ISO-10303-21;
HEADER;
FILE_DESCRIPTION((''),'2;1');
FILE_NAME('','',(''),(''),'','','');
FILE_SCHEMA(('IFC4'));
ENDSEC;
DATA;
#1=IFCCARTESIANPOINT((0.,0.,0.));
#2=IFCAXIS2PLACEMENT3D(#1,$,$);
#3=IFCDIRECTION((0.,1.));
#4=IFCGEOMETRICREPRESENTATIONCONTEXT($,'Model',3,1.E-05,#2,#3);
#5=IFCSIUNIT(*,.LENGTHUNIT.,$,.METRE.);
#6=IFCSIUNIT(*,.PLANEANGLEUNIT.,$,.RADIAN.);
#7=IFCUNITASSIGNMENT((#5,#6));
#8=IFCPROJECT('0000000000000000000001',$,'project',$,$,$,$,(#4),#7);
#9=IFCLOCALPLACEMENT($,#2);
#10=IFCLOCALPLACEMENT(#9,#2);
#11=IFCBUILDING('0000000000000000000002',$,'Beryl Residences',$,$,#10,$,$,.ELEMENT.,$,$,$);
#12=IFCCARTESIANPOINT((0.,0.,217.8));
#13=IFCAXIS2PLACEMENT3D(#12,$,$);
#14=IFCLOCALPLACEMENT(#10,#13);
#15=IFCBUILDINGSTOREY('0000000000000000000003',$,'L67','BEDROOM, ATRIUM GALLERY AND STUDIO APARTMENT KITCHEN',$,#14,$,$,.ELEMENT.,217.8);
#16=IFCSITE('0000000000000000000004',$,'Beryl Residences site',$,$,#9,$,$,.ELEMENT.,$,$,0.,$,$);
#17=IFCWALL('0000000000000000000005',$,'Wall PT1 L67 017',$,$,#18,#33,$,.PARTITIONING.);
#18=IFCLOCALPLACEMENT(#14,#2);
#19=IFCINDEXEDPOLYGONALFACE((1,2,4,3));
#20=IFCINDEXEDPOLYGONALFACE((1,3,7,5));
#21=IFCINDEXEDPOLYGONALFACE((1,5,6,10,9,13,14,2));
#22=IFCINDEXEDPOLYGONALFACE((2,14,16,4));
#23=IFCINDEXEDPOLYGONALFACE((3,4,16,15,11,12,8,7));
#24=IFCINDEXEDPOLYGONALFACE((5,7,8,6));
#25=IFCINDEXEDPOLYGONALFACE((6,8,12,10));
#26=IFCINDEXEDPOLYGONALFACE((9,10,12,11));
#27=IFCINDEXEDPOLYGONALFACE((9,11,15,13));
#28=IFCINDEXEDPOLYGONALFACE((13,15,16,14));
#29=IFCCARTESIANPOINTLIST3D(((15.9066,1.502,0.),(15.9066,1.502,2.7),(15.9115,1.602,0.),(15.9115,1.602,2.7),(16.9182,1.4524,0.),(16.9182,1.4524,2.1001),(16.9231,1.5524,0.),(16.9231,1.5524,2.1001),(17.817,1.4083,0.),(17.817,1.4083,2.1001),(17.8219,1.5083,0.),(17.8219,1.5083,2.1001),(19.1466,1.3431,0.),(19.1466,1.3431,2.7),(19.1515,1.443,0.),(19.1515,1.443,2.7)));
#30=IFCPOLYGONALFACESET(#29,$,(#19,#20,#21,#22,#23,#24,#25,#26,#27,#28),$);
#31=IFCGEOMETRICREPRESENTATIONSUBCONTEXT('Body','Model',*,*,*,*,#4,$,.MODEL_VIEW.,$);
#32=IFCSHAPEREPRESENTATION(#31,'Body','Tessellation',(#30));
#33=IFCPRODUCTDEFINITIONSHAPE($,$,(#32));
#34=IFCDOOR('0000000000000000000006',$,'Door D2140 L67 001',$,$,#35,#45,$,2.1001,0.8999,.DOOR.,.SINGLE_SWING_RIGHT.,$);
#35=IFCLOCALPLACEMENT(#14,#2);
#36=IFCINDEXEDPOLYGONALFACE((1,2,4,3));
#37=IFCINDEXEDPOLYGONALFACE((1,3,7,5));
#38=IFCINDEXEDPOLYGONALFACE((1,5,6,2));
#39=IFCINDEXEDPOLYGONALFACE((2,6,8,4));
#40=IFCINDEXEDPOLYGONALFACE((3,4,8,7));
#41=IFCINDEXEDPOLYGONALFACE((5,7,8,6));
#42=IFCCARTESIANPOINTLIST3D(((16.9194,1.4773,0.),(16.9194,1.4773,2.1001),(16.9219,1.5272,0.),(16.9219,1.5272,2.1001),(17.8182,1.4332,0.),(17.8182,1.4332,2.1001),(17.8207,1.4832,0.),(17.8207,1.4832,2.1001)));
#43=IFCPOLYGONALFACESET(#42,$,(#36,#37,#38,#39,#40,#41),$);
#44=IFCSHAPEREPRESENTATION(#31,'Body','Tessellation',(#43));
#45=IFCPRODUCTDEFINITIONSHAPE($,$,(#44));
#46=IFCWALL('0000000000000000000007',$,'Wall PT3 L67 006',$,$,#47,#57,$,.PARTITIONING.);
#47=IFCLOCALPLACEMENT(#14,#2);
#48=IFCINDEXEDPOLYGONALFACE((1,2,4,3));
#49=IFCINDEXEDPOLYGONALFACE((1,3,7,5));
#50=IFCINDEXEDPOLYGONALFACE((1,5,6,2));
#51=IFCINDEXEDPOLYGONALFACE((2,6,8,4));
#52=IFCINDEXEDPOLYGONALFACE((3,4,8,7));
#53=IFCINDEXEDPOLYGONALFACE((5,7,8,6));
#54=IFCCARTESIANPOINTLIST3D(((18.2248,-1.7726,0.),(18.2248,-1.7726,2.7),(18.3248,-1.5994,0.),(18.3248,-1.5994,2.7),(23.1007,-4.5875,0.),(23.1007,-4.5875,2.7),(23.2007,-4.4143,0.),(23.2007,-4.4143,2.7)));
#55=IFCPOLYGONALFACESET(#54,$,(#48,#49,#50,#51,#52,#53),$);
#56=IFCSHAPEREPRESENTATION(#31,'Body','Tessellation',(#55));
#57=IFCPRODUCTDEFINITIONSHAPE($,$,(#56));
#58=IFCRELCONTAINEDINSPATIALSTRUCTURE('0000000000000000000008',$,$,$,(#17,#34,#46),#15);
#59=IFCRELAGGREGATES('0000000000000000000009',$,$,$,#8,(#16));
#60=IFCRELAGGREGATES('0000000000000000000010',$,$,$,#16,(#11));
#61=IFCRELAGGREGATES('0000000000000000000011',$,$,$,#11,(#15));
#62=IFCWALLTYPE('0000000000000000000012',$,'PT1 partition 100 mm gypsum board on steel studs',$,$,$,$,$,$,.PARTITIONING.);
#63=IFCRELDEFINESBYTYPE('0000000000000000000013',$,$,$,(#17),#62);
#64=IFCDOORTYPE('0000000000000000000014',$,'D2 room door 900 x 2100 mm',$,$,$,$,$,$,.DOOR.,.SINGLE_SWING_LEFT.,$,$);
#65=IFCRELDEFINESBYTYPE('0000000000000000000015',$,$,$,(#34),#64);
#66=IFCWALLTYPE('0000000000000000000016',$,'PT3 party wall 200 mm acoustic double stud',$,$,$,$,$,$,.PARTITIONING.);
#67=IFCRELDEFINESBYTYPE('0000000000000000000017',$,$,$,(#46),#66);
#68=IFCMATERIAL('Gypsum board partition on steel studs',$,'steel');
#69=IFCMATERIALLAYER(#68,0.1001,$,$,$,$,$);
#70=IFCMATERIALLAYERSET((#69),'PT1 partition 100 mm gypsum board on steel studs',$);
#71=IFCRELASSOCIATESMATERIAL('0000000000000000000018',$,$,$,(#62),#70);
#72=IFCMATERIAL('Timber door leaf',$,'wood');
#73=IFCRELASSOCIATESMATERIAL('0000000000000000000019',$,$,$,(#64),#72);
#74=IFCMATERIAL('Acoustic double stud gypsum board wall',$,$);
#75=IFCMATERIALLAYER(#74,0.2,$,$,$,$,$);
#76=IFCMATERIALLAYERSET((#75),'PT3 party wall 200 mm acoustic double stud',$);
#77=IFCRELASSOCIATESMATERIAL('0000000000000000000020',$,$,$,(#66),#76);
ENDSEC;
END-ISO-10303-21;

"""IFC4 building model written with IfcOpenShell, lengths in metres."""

from ifc_helpers import new_model, si_unit, direction, frame, frame_2d, origin, place, context, subcontext, project, spatial, rectangle, extrude, material, layer, layer_set, type_object, element, fill, save


model = new_model("IFC4")

# Units and contexts
model_context = context("Model", 3, precision=1e-05, world=origin(), true_north=direction((0.0, 1.0)))
body_context = subcontext(model_context, "Body", "Model", "MODEL_VIEW")
ifc_project = project(units=[si_unit("LENGTHUNIT", "METRE"), si_unit("PLANEANGLEUNIT", "RADIAN")], contexts=[model_context])

# Site, building, storey
site_placement = place(None, origin())
site = spatial("IfcSite", under=ifc_project, at=site_placement, Name="Beryl Residences site", CompositionType="ELEMENT", RefElevation=0.0)
building_placement = place(site_placement, origin())
building = spatial("IfcBuilding", under=site, at=building_placement, Name="Beryl Residences", CompositionType="ELEMENT")
storey_placement = place(building_placement, frame((0.0, 0.0, 217.8)))
storey = spatial("IfcBuildingStorey", under=building, at=storey_placement, Name="L67", Description="BEDROOM, ATRIUM GALLERY AND STUDIO APARTMENT KITCHEN", CompositionType="ELEMENT", Elevation=217.8)

# Shared definitions
ifc_material_1 = material(Name="Gypsum board partition on steel studs", Category="steel")
ifc_layer_1 = layer(ifc_material_1, 0.1001)
ifc_layer_set_1 = layer_set([ifc_layer_1], Name="PT1 partition 100 mm gypsum board on steel studs")
wall_type_1 = type_object("IfcWallType", Name="PT1 partition 100 mm gypsum board on steel studs", PredefinedType="PARTITIONING", material=ifc_layer_set_1)

# Wall, opening, door
wall_1_placement = place(storey_placement, frame((15.9089, 1.552, 0.0), z_axis=(0.0, 0.0, 1.0), x_axis=(0.998799, -0.048995, 0.0)))
wall_1 = element("IfcWall", 1, at=wall_1_placement, inside=storey, type_object=wall_type_1, Name="Wall PT1 L67 017", PredefinedType="PARTITIONING", context=body_context, shape_type="SweptSolid", body=[
    extrude(rectangle(XDim=3.2439, YDim=0.1001, at=frame_2d((1.6221, 0.0))), origin(), (0.0, 0.0, 1.0), 2.7),
])
opening_1_placement = place(wall_1_placement, frame((1.0129, 0.0, 0.0)))
opening_1 = element("IfcOpeningElement", 2, at=opening_1_placement, cuts=wall_1, PredefinedType="OPENING", context=body_context, shape_type="SweptSolid", body=[
    extrude(rectangle(XDim=0.8999, YDim=2.1001, at=frame_2d((0.45, 1.05))), frame((0.0, 0.0601, 0.0), z_axis=(0.0, -1.0, 0.0), x_axis=(1.0, 0.0, 0.0)), (0.0, 0.0, 1.0), 0.1201),
])
ifc_material_2 = material(Name="Timber door leaf", Category="wood")
door_type = type_object("IfcDoorType", Name="D2 room door 900 x 2100 mm", OperationType="SINGLE_SWING_LEFT", PredefinedType="DOOR", material=ifc_material_2)
door_placement = place(opening_1_placement, origin())
door = element("IfcDoor", 3, at=door_placement, inside=storey, type_object=door_type, Name="Door D2140 L67 001", OperationType="SINGLE_SWING_RIGHT", OverallHeight=2.1001, OverallWidth=0.8999, PredefinedType="DOOR", context=body_context, shape_type="SweptSolid", body=[
    extrude(rectangle(XDim=0.8999, YDim=2.1001, at=frame_2d((0.45, 1.05))), frame((0.0, 0.0249, 0.0), z_axis=(0.0, -1.0, 0.0), x_axis=(1.0, 0.0, 0.0)), (0.0, 0.0, 1.0), 0.05),
])
fill(opening_1, door)

# Wall
ifc_material_3 = material(Name="Acoustic double stud gypsum board wall")
ifc_layer_2 = layer(ifc_material_3, 0.2)
ifc_layer_set_2 = layer_set([ifc_layer_2], Name="PT3 party wall 200 mm acoustic double stud")
wall_type_2 = type_object("IfcWallType", Name="PT3 party wall 200 mm acoustic double stud", PredefinedType="PARTITIONING", material=ifc_layer_set_2)
wall_2_placement = place(storey_placement, frame((18.2749, -1.686, 0.0), z_axis=(0.0, 0.0, 1.0), x_axis=(0.866041, -0.499973, 0.0)))
element("IfcWall", 4, at=wall_2_placement, inside=storey, type_object=wall_type_2, Name="Wall PT3 L67 006", PredefinedType="PARTITIONING", context=body_context, shape_type="SweptSolid", body=[
    extrude(rectangle(XDim=5.6301, YDim=0.2, at=frame_2d((2.8149, 0.0))), origin(), (0.0, 0.0, 1.0), 2.7),
])

save(model, "model.ifc")
